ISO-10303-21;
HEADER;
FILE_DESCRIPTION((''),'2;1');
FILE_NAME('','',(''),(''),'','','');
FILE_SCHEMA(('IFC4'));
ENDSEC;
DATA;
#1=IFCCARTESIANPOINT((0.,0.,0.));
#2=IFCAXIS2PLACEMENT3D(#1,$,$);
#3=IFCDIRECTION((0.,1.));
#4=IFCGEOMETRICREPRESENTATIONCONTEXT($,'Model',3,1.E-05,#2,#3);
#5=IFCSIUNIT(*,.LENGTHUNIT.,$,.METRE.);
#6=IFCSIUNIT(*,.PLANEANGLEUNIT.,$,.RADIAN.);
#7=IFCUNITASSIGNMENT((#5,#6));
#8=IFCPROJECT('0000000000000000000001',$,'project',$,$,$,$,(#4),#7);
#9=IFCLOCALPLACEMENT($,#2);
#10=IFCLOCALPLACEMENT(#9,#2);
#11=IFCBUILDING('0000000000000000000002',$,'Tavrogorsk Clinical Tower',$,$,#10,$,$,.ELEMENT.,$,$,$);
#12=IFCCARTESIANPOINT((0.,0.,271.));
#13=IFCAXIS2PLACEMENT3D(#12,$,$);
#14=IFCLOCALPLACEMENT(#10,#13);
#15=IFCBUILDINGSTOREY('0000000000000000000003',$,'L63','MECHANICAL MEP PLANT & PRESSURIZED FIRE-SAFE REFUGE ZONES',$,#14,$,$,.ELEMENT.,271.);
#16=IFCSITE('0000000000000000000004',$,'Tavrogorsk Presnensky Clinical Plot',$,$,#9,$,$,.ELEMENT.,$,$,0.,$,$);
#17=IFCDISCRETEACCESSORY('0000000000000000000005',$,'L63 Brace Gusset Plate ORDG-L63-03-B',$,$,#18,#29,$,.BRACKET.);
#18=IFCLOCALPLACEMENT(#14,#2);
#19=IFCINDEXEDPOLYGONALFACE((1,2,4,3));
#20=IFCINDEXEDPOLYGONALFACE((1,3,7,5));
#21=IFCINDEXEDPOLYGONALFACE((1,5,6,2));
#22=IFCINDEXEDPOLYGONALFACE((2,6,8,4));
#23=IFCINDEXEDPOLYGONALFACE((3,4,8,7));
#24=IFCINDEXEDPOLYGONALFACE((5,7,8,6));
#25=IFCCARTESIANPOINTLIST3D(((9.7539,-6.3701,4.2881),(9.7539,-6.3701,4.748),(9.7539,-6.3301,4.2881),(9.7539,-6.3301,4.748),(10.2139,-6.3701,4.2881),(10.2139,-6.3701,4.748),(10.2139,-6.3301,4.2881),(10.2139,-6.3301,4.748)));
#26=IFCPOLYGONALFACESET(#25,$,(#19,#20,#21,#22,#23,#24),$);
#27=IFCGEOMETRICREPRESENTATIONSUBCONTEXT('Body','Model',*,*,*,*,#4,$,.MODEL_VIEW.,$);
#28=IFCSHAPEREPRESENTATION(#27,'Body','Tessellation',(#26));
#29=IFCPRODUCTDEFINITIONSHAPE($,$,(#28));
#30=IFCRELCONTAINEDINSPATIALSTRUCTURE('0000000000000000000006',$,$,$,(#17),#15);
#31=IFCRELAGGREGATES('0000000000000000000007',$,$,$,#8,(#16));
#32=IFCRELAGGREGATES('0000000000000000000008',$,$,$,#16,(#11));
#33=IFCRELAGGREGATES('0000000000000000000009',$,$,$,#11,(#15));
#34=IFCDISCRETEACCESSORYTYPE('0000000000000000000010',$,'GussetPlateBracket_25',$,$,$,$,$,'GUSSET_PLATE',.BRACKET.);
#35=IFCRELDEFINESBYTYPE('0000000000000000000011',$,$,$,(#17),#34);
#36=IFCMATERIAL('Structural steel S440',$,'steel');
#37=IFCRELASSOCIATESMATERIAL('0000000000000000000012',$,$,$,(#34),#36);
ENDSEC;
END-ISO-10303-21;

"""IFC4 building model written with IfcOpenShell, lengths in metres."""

from ifc_helpers import new_model, si_unit, direction, frame, origin, origin_2d, place, context, subcontext, project, spatial, rectangle, extrude, material, type_object, element, save


model = new_model("IFC4")

# Units and contexts
model_context = context("Model", 3, precision=1e-05, world=origin(), true_north=direction((0.0, 1.0)))
body_context = subcontext(model_context, "Body", "Model", "MODEL_VIEW")
ifc_project = project(units=[si_unit("LENGTHUNIT", "METRE"), si_unit("PLANEANGLEUNIT", "RADIAN")], contexts=[model_context])

# Site, building, storey
site_placement = place(None, origin())
site = spatial("IfcSite", under=ifc_project, at=site_placement, Name="Tavrogorsk Presnensky Clinical Plot", CompositionType="ELEMENT", RefElevation=0.0)
building_placement = place(site_placement, origin())
building = spatial("IfcBuilding", under=site, at=building_placement, Name="Tavrogorsk Clinical Tower", CompositionType="ELEMENT")
storey_placement = place(building_placement, frame((0.0, 0.0, 271.0)))
storey = spatial("IfcBuildingStorey", under=building, at=storey_placement, Name="L63", Description="MECHANICAL MEP PLANT & PRESSURIZED FIRE-SAFE REFUGE ZONES", CompositionType="ELEMENT", Elevation=271.0)

# Discrete accessory
ifc_material_1 = material(Name="Structural steel S440", Category="steel")
discrete_accessory_type = type_object("IfcDiscreteAccessoryType", Name="GussetPlateBracket_25", ElementType="GUSSET_PLATE", PredefinedType="BRACKET", material=ifc_material_1)
discrete_accessory_placement = place(storey_placement, frame((9.9839, -6.3501, 4.2881), z_axis=(0.0, 0.0, 1.0), x_axis=(1.0, 0.0, 0.0)))
element("IfcDiscreteAccessory", 1, at=discrete_accessory_placement, inside=storey, type_object=discrete_accessory_type, Name="L63 Brace Gusset Plate ORDG-L63-03-B", PredefinedType="BRACKET", context=body_context, shape_type="SweptSolid", body=[
    extrude(rectangle(XDim=0.46, YDim=0.04, at=origin_2d()), origin(), (0.0, 0.0, 1.0), 0.46),
])

save(model, "model.ifc")
